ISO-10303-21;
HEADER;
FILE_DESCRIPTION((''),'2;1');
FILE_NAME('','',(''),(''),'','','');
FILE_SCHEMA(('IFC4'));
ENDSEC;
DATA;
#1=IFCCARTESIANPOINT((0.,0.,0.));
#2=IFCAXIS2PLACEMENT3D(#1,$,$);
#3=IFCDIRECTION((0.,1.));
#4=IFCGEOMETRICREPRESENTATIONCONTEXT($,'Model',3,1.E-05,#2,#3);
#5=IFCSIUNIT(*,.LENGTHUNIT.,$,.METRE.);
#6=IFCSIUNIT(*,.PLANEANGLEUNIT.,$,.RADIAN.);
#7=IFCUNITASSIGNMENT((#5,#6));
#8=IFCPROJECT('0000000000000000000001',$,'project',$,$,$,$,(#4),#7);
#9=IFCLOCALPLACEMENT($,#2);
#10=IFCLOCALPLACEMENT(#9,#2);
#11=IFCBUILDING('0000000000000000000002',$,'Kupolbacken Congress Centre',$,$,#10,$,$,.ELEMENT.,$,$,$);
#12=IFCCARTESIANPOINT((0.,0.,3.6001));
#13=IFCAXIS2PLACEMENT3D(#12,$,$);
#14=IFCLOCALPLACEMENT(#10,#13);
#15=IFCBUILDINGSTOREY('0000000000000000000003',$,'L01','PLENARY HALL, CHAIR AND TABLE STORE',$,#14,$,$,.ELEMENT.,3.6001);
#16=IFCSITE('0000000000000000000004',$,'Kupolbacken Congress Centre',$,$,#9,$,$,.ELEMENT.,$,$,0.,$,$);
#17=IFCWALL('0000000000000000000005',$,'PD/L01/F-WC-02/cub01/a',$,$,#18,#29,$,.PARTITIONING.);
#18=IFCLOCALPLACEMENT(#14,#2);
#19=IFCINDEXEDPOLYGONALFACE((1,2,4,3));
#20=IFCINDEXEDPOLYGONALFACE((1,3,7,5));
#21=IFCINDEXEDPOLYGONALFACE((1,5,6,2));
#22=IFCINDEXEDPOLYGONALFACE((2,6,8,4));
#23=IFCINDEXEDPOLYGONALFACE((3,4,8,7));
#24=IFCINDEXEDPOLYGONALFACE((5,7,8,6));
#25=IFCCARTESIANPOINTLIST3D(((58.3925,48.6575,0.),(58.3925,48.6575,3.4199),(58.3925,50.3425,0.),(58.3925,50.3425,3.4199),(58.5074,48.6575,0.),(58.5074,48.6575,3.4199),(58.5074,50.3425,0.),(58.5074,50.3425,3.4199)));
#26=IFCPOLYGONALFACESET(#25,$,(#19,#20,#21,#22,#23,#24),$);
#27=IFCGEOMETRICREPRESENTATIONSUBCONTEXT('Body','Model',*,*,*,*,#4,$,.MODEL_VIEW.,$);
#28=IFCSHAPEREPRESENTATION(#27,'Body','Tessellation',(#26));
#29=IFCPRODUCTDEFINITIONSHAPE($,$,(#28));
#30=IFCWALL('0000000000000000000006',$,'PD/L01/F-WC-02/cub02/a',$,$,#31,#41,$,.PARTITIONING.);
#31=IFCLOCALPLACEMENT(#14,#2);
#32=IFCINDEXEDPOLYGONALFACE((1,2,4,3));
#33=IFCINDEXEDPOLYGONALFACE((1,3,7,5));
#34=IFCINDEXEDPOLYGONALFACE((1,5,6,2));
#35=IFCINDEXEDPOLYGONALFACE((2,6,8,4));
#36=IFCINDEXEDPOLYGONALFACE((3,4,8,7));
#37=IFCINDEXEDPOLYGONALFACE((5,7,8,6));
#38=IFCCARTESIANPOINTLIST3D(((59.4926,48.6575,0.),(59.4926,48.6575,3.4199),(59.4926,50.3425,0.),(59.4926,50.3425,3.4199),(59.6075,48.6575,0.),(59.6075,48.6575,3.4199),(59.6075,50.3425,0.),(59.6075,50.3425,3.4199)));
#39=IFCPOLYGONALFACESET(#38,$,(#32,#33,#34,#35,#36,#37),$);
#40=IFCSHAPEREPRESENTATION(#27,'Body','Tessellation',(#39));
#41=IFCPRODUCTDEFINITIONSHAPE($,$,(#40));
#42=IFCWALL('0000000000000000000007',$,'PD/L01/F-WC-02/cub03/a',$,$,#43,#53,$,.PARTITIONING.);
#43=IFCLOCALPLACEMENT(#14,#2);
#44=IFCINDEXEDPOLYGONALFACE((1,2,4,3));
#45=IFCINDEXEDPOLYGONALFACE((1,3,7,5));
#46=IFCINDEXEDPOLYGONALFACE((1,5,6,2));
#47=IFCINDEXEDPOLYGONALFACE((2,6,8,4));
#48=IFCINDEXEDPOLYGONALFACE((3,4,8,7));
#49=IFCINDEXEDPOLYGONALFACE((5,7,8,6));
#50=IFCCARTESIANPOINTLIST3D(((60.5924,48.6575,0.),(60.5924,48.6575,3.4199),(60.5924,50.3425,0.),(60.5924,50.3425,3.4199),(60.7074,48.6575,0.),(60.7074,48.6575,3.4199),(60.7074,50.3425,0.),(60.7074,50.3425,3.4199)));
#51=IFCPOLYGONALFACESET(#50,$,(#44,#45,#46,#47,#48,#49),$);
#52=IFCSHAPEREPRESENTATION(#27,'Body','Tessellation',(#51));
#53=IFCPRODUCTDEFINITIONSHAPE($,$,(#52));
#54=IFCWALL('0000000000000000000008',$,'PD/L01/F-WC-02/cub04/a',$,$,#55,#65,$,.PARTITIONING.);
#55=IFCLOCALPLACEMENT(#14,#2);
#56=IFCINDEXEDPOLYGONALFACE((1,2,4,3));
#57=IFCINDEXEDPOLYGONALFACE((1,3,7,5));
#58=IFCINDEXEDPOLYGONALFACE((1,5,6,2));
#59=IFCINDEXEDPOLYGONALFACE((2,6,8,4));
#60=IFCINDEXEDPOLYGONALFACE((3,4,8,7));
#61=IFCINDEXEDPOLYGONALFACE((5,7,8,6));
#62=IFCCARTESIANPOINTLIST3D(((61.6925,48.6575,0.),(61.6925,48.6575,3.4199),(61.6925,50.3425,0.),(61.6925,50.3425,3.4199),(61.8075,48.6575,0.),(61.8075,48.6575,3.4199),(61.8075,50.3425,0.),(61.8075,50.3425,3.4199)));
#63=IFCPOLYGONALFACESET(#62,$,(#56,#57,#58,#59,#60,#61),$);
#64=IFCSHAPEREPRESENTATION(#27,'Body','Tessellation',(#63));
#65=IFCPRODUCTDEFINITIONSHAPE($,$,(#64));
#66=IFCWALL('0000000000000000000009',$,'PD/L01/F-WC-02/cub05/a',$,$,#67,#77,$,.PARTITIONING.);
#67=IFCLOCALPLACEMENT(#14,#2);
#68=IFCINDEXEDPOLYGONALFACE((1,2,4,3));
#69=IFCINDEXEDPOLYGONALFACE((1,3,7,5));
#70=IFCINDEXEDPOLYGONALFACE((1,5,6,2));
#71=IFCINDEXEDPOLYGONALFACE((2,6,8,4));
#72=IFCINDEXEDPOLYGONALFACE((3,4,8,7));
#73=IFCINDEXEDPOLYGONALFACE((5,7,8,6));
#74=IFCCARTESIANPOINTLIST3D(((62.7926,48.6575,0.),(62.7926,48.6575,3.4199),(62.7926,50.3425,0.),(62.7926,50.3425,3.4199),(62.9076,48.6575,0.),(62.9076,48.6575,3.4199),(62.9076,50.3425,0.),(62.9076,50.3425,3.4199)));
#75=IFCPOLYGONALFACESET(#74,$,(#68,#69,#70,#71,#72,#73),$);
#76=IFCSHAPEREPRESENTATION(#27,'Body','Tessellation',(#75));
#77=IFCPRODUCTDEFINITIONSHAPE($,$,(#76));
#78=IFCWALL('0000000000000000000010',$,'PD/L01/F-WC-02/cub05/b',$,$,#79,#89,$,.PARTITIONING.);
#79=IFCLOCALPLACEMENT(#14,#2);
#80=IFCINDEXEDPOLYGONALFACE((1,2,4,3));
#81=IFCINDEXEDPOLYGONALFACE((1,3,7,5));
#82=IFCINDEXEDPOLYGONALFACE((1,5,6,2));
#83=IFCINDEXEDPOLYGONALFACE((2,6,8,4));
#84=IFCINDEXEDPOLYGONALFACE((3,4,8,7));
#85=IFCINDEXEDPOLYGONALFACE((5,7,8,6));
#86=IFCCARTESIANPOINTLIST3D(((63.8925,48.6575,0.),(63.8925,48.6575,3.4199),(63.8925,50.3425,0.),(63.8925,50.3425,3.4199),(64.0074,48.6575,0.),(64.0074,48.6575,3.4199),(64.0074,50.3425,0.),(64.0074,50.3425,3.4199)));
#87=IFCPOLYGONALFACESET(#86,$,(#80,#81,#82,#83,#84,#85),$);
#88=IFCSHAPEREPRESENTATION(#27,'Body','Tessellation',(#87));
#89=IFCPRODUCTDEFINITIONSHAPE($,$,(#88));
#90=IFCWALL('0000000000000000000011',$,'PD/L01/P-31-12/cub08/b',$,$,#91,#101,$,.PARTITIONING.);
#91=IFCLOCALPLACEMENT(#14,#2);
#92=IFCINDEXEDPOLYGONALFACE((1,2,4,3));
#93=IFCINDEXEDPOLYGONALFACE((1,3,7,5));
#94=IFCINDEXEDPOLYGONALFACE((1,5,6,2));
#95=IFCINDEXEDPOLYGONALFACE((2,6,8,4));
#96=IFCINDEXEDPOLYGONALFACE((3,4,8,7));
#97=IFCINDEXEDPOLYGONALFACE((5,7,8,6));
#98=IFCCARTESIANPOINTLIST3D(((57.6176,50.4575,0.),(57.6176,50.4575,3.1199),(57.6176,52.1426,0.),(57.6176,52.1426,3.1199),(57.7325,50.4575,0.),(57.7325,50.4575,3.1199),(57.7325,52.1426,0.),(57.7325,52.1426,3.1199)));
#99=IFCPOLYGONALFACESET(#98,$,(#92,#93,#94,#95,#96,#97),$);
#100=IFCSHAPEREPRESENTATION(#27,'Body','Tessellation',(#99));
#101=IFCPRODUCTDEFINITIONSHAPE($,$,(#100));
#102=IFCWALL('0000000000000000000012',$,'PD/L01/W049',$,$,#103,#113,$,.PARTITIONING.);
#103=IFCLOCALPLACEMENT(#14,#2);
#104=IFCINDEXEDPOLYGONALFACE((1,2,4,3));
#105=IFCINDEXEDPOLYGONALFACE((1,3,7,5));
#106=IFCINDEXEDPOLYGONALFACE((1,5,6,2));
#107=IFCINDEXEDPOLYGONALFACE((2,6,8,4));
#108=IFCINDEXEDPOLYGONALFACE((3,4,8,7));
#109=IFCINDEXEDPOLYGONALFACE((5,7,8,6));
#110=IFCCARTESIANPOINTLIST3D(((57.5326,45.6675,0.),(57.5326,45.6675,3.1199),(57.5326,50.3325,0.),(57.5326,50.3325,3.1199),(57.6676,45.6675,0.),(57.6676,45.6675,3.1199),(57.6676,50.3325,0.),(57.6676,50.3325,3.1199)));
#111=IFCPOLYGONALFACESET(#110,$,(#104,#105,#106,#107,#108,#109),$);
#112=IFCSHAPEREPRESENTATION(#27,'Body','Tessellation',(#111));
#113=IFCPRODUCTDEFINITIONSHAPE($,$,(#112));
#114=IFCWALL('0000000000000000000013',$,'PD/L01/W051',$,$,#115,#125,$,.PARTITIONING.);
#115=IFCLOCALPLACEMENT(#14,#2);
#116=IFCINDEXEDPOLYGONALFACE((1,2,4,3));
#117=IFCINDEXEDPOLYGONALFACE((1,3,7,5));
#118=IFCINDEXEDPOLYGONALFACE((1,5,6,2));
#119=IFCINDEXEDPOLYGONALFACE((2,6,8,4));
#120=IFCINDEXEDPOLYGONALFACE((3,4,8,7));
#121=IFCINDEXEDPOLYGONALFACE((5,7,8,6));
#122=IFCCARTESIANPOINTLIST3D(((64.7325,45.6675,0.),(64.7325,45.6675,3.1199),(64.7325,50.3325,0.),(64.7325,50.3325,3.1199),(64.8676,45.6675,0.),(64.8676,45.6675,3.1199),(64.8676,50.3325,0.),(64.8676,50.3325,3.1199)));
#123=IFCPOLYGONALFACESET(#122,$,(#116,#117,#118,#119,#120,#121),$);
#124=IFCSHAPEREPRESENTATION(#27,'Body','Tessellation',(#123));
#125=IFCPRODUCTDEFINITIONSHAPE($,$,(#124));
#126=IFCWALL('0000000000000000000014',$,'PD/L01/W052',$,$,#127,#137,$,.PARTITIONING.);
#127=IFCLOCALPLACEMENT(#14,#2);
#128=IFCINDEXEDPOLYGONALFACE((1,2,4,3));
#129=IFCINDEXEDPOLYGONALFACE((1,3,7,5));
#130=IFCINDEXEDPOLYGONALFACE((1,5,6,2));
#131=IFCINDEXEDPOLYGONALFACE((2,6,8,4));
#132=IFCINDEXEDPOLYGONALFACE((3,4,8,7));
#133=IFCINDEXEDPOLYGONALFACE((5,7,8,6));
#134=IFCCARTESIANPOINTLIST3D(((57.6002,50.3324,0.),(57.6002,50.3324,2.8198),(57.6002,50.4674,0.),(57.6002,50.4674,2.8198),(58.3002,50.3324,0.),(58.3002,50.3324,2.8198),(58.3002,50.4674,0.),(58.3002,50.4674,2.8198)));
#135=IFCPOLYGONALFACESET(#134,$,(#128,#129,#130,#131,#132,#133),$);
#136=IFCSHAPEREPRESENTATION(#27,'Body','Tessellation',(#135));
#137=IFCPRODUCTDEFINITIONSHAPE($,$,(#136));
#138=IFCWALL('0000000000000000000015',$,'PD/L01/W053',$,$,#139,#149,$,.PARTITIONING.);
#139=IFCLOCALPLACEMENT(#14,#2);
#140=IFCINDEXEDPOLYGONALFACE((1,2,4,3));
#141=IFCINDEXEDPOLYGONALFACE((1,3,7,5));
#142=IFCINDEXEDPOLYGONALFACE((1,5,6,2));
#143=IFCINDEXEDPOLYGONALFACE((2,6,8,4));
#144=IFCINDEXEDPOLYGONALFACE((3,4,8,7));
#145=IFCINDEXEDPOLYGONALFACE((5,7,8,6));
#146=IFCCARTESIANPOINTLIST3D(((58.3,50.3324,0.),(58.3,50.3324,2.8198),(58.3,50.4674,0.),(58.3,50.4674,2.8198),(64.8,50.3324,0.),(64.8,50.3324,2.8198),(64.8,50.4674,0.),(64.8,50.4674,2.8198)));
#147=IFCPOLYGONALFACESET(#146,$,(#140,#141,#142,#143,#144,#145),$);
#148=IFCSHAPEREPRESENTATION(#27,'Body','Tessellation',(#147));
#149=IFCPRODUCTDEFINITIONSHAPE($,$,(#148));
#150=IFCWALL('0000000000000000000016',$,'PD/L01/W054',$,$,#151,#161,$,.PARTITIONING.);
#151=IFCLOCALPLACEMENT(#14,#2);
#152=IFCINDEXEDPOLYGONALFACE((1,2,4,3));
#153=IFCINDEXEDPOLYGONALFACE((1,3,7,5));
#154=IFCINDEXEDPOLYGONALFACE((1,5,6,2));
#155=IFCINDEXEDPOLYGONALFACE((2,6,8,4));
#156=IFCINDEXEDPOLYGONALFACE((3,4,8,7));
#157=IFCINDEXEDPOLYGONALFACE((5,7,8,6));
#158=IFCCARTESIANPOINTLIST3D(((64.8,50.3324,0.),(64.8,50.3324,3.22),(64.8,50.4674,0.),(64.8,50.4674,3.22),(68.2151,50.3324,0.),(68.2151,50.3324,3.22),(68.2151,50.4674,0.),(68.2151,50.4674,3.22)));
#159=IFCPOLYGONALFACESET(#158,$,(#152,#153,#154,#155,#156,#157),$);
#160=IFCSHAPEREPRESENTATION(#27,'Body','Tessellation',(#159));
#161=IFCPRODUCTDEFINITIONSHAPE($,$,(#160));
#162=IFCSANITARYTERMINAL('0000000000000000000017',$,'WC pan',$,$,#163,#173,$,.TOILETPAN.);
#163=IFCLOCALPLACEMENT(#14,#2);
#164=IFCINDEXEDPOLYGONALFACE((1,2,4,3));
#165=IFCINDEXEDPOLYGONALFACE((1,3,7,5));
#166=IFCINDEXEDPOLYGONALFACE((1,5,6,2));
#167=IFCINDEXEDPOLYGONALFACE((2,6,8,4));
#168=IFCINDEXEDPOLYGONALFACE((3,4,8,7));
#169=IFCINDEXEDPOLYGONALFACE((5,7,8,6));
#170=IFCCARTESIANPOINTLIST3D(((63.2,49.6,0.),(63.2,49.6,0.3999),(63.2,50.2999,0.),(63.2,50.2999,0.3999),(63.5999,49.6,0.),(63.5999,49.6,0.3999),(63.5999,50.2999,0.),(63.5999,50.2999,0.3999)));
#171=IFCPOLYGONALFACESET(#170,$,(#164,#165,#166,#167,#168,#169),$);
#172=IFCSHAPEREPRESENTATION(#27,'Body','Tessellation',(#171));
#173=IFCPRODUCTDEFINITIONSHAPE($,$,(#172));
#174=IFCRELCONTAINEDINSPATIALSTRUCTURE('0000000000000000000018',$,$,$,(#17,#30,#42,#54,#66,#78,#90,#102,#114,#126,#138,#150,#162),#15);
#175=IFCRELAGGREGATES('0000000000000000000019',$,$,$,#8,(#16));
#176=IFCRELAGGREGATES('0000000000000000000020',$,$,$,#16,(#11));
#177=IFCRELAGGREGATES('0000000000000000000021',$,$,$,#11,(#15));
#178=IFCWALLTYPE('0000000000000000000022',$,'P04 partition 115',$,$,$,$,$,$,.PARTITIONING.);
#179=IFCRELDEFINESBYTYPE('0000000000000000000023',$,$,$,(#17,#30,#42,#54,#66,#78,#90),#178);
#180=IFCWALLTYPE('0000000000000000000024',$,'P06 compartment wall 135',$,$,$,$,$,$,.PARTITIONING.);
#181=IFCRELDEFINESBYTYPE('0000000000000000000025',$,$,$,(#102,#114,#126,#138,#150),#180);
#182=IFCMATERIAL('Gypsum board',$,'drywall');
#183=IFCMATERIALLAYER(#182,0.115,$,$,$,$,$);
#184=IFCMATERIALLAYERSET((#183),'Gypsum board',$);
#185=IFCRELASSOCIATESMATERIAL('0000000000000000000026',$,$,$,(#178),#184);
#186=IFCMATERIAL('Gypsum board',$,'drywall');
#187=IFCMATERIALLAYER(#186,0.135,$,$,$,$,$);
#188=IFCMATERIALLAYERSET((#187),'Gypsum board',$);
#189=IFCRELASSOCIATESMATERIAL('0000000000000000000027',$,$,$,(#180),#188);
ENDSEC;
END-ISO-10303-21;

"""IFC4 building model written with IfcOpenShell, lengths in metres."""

from ifc_helpers import new_model, si_unit, direction, frame, frame_2d, origin, origin_2d, place, context, subcontext, project, spatial, rectangle, extrude, material, layer, layer_set, type_object, element, save


model = new_model("IFC4")

# Units and contexts
model_context = context("Model", 3, precision=1e-05, world=origin(), true_north=direction((0.0, 1.0)))
body_context = subcontext(model_context, "Body", "Model", "MODEL_VIEW")
ifc_project = project(units=[si_unit("LENGTHUNIT", "METRE"), si_unit("PLANEANGLEUNIT", "RADIAN")], contexts=[model_context])

# Site, building, storey
site_placement = place(None, origin())
site = spatial("IfcSite", under=ifc_project, at=site_placement, Name="Kupolbacken Congress Centre", CompositionType="ELEMENT", RefElevation=0.0)
building_placement = place(site_placement, origin())
building = spatial("IfcBuilding", under=site, at=building_placement, Name="Kupolbacken Congress Centre", CompositionType="ELEMENT")
storey_placement = place(building_placement, frame((0.0, 0.0, 3.6001)))
storey = spatial("IfcBuildingStorey", under=building, at=storey_placement, Name="L01", Description="PLENARY HALL, CHAIR AND TABLE STORE", CompositionType="ELEMENT", Elevation=3.6001)

# Walls
ifc_material_1 = material(Name="Gypsum board", Category="drywall")
ifc_layer_1 = layer(ifc_material_1, 0.115)
ifc_layer_set_1 = layer_set([ifc_layer_1], Name="Gypsum board")
wall_type_1 = type_object("IfcWallType", Name="P04 partition 115", PredefinedType="PARTITIONING", material=ifc_layer_set_1)
for number, where, z_axis, x_axis, name in (
    (1, (58.45, 50.3425, 0.0), (0.0, 0.0, 1.0), (0.0, -1.0, 0.0), "PD/L01/F-WC-02/cub01/a"),
    (2, (59.55, 50.3425, 0.0), (0.0, 0.0, 1.0), (0.0, -1.0, 0.0), "PD/L01/F-WC-02/cub02/a"),
    (3, (60.6499, 50.3425, 0.0), (0.0, 0.0, 1.0), (0.0, -1.0, 0.0), "PD/L01/F-WC-02/cub03/a"),
    (4, (61.75, 50.3425, 0.0), (0.0, 0.0, 1.0), (0.0, -1.0, 0.0), "PD/L01/F-WC-02/cub04/a"),
    (5, (62.8501, 50.3425, 0.0), (0.0, 0.0, 1.0), (0.0, -1.0, 0.0), "PD/L01/F-WC-02/cub05/a"),
    (6, (63.95, 50.3425, 0.0), (0.0, 0.0, 1.0), (0.0, -1.0, 0.0), "PD/L01/F-WC-02/cub05/b"),
):
    element("IfcWall", number, at=place(storey_placement, frame(where, z_axis=z_axis, x_axis=x_axis)), inside=storey, type_object=wall_type_1, Name=name, PredefinedType="PARTITIONING", context=body_context, shape_type="SweptSolid", body=[
        extrude(rectangle(XDim=1.6851, YDim=0.115, at=frame_2d((0.8425, 0.0))), origin(), (0.0, 0.0, 1.0), 3.4199),
    ])
wall_1_placement = place(storey_placement, frame((57.675, 50.4575, 0.0), z_axis=(0.0, 0.0, 1.0), x_axis=(0.0, 1.0, 0.0)))
element("IfcWall", 7, at=wall_1_placement, inside=storey, type_object=wall_type_1, Name="PD/L01/P-31-12/cub08/b", PredefinedType="PARTITIONING", context=body_context, shape_type="SweptSolid", body=[
    extrude(rectangle(XDim=1.6851, YDim=0.115, at=frame_2d((0.8425, 0.0))), origin(), (0.0, 0.0, 1.0), 3.1199),
])
ifc_material_2 = material(Name="Gypsum board", Category="drywall")
ifc_layer_2 = layer(ifc_material_2, 0.135)
ifc_layer_set_2 = layer_set([ifc_layer_2], Name="Gypsum board")
wall_type_2 = type_object("IfcWallType", Name="P06 compartment wall 135", PredefinedType="PARTITIONING", material=ifc_layer_set_2)
for number, where, z_axis, x_axis, name in (
    (8, (57.6001, 50.3325, 0.0), (0.0, 0.0, 1.0), (0.0, -1.0, 0.0), "PD/L01/W049"),
    (9, (64.8, 50.3325, 0.0), (0.0, 0.0, 1.0), (0.0, -1.0, 0.0), "PD/L01/W051"),
):
    element("IfcWall", number, at=place(storey_placement, frame(where, z_axis=z_axis, x_axis=x_axis)), inside=storey, type_object=wall_type_2, Name=name, PredefinedType="PARTITIONING", context=body_context, shape_type="SweptSolid", body=[
        extrude(rectangle(XDim=4.665, YDim=0.135, at=frame_2d((2.3325, 0.0))), origin(), (0.0, 0.0, 1.0), 3.1199),
    ])
wall_2_placement = place(storey_placement, frame((57.6001, 50.3999, 0.0), z_axis=(0.0, 0.0, 1.0), x_axis=(1.0, 0.0, 0.0)))
element("IfcWall", 10, at=wall_2_placement, inside=storey, type_object=wall_type_2, Name="PD/L01/W052", PredefinedType="PARTITIONING", context=body_context, shape_type="SweptSolid", body=[
    extrude(rectangle(XDim=0.7, YDim=0.135, at=frame_2d((0.3501, 0.0))), origin(), (0.0, 0.0, 1.0), 2.8198),
])
wall_3_placement = place(storey_placement, frame((58.3, 50.3999, 0.0), z_axis=(0.0, 0.0, 1.0), x_axis=(1.0, 0.0, 0.0)))
element("IfcWall", 11, at=wall_3_placement, inside=storey, type_object=wall_type_2, Name="PD/L01/W053", PredefinedType="PARTITIONING", context=body_context, shape_type="SweptSolid", body=[
    extrude(rectangle(XDim=6.5, YDim=0.135, at=frame_2d((3.25, 0.0))), origin(), (0.0, 0.0, 1.0), 2.8198),
])
wall_4_placement = place(storey_placement, frame((64.8, 50.3999, 0.0), z_axis=(0.0, 0.0, 1.0), x_axis=(1.0, 0.0, 0.0)))
element("IfcWall", 12, at=wall_4_placement, inside=storey, type_object=wall_type_2, Name="PD/L01/W054", PredefinedType="PARTITIONING", context=body_context, shape_type="SweptSolid", body=[
    extrude(rectangle(XDim=3.415, YDim=0.135, at=frame_2d((1.7075, 0.0))), origin(), (0.0, 0.0, 1.0), 3.22),
])

# Sanitary terminal
sanitary_terminal_placement = place(storey_placement, frame((63.3999, 49.95, 0.0), z_axis=(0.0, 0.0, 1.0), x_axis=(1.0, 0.0, 0.0)))
element("IfcSanitaryTerminal", 13, at=sanitary_terminal_placement, inside=storey, Name="WC pan", PredefinedType="TOILETPAN", context=body_context, shape_type="SweptSolid", body=[
    extrude(rectangle(XDim=0.3999, YDim=0.7, at=origin_2d()), origin(), (0.0, 0.0, 1.0), 0.3999),
])

save(model, "model.ifc")
